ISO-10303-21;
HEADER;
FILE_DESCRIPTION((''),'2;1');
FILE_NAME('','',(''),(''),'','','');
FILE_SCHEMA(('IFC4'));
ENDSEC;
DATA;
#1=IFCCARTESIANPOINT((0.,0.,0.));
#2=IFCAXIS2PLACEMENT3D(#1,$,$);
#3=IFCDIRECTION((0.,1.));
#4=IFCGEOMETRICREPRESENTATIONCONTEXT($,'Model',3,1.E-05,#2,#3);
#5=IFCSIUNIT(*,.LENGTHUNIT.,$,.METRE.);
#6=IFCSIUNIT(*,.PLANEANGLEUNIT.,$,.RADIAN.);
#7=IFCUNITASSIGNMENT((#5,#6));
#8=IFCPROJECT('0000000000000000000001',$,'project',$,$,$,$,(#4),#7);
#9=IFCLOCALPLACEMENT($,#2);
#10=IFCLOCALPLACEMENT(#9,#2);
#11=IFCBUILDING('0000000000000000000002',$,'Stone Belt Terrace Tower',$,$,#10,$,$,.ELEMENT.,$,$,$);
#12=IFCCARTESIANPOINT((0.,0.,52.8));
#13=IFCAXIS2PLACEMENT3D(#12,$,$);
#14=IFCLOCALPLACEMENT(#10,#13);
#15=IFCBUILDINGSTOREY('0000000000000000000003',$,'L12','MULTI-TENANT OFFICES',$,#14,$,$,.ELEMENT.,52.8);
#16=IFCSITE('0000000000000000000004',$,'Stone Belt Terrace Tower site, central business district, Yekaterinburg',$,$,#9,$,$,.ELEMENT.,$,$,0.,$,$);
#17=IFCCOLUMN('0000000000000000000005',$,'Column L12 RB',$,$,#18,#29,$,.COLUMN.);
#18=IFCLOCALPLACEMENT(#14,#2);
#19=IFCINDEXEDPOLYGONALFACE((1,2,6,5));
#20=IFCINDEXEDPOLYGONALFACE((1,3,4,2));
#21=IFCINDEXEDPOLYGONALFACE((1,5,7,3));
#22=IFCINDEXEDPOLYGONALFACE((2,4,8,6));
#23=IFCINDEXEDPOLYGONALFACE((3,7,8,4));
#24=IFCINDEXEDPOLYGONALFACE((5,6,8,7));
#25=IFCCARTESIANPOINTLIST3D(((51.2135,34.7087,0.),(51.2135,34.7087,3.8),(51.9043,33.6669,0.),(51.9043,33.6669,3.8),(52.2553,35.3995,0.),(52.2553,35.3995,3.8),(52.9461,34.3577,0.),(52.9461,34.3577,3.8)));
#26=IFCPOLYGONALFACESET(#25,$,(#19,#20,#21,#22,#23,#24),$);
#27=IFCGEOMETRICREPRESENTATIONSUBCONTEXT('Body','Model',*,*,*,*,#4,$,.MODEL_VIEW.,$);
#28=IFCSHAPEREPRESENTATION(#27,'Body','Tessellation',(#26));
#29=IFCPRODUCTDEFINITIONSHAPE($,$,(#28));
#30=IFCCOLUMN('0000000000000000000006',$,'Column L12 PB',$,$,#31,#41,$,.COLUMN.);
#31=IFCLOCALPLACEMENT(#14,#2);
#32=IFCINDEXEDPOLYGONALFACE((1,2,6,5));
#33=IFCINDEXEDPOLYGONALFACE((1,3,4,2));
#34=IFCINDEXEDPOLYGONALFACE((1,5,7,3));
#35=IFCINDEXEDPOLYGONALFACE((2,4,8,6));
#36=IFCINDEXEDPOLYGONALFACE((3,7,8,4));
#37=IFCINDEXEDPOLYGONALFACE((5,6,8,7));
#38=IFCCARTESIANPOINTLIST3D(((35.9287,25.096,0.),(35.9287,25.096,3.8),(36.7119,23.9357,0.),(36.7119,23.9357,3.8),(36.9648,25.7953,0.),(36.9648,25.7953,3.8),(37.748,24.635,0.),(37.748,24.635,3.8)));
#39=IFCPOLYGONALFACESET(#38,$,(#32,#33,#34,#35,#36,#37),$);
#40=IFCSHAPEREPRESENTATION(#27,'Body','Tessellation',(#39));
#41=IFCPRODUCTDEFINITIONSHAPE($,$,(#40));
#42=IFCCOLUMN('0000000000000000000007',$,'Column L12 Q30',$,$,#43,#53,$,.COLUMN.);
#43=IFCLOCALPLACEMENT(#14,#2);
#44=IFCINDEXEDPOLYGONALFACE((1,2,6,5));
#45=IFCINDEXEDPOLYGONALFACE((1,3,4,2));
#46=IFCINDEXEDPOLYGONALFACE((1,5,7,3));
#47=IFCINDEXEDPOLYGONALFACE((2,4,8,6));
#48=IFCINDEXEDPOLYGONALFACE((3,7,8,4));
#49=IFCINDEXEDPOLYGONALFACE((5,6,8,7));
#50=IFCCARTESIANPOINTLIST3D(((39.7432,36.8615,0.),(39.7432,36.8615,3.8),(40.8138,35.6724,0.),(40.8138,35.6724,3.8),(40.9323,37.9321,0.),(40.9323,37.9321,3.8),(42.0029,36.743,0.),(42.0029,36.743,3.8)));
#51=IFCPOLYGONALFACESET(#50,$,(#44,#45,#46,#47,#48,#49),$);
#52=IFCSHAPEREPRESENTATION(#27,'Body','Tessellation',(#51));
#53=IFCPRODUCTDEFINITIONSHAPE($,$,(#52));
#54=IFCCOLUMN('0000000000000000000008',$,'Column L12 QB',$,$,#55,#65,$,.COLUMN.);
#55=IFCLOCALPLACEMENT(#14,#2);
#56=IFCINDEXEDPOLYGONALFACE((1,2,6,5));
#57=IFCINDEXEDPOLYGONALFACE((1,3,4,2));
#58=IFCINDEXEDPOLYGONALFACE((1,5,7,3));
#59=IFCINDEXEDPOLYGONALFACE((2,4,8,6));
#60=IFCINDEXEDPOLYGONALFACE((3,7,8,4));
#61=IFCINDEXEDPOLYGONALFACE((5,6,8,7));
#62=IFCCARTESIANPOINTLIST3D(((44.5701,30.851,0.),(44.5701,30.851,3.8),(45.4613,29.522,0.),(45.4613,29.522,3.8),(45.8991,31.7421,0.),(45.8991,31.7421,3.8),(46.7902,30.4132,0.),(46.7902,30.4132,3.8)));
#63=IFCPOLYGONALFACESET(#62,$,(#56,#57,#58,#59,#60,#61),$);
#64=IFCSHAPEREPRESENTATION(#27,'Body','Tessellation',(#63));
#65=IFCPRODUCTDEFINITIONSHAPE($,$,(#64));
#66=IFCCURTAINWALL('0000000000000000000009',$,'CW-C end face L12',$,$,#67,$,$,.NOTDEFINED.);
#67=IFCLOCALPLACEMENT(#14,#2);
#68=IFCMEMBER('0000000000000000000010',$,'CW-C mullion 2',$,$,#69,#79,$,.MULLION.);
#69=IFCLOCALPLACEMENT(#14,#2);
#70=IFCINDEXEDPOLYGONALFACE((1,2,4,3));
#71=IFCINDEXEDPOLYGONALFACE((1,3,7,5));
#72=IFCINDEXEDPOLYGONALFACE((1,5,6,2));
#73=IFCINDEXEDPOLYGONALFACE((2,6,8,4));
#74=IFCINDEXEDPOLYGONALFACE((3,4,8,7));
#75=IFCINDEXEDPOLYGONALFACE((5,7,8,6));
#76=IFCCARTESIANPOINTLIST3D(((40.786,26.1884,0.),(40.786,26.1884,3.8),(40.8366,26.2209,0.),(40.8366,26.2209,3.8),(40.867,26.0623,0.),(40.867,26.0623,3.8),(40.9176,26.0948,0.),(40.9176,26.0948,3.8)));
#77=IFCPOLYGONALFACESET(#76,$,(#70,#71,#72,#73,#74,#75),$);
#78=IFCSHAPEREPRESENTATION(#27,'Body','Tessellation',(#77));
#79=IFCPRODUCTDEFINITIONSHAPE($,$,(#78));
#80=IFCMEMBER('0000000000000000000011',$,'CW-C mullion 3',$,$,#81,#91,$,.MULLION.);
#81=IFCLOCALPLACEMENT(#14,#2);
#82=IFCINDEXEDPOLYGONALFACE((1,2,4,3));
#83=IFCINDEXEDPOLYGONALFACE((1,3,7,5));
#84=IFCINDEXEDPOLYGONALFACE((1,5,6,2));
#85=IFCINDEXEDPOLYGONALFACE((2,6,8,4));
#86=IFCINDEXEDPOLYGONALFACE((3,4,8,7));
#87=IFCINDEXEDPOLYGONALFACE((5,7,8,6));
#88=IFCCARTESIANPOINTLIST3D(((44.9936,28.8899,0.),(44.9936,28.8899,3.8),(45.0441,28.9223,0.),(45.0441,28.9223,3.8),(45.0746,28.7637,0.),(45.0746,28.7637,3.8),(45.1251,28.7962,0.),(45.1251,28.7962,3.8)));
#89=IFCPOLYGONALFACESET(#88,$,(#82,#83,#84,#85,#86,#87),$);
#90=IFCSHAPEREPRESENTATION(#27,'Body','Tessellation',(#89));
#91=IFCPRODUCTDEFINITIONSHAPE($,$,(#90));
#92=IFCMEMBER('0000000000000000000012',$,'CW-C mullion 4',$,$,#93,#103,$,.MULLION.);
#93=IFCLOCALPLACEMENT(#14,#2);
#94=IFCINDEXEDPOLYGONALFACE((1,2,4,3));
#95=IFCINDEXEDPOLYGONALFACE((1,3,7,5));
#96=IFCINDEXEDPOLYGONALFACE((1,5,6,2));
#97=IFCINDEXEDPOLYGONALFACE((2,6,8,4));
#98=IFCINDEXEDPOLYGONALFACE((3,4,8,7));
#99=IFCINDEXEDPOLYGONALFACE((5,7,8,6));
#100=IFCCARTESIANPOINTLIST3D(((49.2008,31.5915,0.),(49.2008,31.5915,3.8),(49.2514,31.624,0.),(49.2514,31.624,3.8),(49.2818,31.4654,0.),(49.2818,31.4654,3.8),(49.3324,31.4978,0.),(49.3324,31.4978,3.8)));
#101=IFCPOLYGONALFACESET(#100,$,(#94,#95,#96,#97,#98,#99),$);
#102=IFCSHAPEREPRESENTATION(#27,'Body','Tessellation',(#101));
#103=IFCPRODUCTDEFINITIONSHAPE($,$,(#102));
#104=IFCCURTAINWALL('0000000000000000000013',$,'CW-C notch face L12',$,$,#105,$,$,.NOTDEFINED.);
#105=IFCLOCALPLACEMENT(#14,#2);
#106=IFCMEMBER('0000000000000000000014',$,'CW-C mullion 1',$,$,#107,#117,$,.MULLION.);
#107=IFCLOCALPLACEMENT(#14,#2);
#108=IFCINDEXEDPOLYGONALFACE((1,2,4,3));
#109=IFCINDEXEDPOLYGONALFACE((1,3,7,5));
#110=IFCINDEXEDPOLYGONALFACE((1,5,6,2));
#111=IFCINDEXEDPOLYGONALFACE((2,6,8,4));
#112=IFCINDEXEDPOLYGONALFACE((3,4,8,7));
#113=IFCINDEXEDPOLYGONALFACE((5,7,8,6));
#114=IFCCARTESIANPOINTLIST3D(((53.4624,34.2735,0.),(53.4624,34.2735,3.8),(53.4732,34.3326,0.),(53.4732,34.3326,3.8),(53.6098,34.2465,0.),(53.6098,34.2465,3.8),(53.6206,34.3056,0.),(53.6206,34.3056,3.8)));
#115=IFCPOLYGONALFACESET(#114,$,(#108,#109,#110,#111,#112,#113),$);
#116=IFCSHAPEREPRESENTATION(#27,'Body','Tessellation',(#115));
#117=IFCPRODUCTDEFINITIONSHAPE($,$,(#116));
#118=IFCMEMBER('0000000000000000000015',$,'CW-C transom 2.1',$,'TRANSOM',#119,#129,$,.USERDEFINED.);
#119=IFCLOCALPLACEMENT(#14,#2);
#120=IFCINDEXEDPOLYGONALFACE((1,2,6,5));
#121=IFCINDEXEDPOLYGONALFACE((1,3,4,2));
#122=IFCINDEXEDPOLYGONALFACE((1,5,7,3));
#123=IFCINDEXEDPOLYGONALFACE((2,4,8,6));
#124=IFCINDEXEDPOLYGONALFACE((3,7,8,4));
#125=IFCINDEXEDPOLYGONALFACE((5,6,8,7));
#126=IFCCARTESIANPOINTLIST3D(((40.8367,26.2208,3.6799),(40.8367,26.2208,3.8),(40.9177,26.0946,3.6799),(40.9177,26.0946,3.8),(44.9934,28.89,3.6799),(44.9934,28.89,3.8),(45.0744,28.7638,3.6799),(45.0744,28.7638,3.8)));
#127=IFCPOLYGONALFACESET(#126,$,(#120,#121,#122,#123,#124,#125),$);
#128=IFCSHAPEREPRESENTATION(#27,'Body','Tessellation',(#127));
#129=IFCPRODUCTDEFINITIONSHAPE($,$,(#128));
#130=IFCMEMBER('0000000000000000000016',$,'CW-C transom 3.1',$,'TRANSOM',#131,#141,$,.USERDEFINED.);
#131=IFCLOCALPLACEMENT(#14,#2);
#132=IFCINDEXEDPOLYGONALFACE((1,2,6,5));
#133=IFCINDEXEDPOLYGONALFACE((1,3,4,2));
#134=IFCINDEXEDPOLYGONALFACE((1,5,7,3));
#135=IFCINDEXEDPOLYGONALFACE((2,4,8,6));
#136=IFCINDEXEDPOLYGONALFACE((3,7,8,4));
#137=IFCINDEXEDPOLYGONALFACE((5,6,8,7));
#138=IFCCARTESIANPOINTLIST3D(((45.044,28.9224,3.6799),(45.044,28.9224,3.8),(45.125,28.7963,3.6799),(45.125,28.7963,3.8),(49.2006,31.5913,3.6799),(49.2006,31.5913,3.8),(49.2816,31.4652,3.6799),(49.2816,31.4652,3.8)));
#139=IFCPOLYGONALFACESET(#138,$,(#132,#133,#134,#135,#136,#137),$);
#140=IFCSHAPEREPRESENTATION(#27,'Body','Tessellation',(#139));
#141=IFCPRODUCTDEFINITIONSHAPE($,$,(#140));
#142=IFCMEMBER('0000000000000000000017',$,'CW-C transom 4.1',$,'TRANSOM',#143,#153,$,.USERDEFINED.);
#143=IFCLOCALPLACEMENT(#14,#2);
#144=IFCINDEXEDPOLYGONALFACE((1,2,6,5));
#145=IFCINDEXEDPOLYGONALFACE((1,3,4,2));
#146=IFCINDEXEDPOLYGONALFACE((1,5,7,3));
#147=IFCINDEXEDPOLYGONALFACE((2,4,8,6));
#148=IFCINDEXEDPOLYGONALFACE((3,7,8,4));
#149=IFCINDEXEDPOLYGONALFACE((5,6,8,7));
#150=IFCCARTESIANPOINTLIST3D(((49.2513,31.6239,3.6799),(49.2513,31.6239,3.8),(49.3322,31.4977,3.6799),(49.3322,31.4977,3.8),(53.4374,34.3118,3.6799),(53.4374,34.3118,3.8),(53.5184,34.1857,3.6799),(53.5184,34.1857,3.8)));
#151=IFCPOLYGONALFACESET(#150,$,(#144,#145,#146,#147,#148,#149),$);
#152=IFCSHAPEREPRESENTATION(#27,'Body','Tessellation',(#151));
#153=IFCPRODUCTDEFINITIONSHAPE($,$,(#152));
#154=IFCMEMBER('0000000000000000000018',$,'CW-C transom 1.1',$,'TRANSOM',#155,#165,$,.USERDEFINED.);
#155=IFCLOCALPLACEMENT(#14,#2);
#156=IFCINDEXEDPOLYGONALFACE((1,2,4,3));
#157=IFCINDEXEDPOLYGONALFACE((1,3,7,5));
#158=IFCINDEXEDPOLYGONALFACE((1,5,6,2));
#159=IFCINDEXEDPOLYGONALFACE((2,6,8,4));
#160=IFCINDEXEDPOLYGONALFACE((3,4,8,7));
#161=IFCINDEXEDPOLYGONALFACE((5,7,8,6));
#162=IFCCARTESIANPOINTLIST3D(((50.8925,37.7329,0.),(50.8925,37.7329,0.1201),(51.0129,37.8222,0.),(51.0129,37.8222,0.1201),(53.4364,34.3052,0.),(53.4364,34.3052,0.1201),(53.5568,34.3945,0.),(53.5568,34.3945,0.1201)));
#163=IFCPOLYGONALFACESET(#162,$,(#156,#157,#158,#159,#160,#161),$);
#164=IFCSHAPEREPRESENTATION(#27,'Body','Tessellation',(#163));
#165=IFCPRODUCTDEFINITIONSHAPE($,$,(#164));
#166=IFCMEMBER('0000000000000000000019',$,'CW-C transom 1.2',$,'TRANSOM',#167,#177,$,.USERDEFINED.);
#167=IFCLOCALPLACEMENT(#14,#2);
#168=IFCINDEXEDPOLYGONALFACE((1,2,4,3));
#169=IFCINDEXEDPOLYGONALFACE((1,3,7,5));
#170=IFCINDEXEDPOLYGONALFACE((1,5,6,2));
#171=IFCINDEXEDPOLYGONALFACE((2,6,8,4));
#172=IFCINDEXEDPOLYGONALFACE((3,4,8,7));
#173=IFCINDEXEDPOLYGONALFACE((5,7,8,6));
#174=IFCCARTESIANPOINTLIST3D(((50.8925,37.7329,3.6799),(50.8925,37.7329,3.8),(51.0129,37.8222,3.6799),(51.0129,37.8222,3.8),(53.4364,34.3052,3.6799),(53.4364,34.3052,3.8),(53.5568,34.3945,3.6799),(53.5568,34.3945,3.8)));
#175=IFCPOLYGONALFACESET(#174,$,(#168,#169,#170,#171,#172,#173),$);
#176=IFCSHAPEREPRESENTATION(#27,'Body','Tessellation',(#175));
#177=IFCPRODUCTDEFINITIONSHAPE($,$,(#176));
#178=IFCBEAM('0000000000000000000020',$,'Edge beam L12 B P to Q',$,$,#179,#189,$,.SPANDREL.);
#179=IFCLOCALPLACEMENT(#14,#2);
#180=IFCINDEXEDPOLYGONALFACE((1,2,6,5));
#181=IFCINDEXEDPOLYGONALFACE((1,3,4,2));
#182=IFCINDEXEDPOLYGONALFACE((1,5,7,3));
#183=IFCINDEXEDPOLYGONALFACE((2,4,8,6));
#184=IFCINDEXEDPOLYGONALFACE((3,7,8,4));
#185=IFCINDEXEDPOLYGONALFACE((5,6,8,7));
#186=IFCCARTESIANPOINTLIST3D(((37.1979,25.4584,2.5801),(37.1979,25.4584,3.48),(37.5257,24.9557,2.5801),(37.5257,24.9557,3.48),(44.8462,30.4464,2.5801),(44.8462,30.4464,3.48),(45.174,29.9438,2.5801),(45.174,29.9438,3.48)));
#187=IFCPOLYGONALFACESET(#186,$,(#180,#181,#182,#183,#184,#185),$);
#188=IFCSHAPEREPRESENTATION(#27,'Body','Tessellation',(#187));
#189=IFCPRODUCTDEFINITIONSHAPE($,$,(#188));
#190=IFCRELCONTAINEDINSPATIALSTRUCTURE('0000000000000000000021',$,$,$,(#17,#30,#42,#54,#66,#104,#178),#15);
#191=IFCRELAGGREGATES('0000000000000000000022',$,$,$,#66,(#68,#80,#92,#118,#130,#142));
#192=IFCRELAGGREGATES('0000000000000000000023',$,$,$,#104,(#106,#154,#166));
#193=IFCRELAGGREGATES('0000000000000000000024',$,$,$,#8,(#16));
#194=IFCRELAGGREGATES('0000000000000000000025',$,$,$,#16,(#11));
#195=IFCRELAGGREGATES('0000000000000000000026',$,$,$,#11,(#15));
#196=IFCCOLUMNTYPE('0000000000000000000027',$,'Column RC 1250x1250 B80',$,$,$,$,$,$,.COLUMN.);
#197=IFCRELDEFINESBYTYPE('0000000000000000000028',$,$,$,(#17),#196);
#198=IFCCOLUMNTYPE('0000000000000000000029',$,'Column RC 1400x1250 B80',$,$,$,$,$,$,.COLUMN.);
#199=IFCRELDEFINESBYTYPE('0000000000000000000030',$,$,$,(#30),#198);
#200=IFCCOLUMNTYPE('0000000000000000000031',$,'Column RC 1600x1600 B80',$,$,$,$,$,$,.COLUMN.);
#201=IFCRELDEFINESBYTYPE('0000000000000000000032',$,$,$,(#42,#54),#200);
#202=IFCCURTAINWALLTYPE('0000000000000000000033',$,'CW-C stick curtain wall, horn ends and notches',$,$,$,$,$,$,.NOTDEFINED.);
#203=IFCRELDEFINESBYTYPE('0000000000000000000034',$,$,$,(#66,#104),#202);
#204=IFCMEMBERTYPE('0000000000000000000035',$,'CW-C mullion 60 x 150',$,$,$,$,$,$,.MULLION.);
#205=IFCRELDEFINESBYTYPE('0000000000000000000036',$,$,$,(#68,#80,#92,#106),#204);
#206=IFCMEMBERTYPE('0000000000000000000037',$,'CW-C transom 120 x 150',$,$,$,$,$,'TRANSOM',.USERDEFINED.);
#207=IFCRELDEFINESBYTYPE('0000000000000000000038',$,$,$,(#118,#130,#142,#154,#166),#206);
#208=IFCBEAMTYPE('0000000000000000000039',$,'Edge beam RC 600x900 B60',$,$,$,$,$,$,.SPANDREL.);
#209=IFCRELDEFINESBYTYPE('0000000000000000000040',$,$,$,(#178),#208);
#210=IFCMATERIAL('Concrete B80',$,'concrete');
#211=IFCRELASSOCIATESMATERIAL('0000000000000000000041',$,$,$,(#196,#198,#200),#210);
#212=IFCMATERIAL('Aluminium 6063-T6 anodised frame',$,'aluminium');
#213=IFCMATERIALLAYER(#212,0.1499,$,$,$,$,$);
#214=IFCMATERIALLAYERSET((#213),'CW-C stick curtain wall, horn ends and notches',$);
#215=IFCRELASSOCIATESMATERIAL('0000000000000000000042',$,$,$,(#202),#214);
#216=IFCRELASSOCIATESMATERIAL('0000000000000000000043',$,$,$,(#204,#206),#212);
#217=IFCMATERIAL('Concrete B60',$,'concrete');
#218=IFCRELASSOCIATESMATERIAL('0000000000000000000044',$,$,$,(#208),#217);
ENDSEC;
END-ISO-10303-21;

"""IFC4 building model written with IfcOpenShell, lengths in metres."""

from ifc_helpers import new_model, si_unit, direction, frame, origin, origin_2d, place, context, subcontext, project, spatial, rectangle, extrude, material, layer, layer_set, material_profile, profile_set, type_object, element, aggregate, save


model = new_model("IFC4")

# Units and contexts
model_context = context("Model", 3, precision=1e-05, world=origin(), true_north=direction((0.0, 1.0)))
body_context = subcontext(model_context, "Body", "Model", "MODEL_VIEW")
ifc_project = project(units=[si_unit("LENGTHUNIT", "METRE"), si_unit("PLANEANGLEUNIT", "RADIAN")], contexts=[model_context])

# Site, building, storey
site_placement = place(None, origin())
site = spatial("IfcSite", under=ifc_project, at=site_placement, Name="Stone Belt Terrace Tower site, central business district, Yekaterinburg", CompositionType="ELEMENT", RefElevation=0.0)
building_placement = place(site_placement, origin())
building = spatial("IfcBuilding", under=site, at=building_placement, Name="Stone Belt Terrace Tower", CompositionType="ELEMENT")
storey_placement = place(building_placement, frame((0.0, 0.0, 52.8)))
storey = spatial("IfcBuildingStorey", under=building, at=storey_placement, Name="L12", Description="MULTI-TENANT OFFICES", CompositionType="ELEMENT", Elevation=52.8)

# Columns
ifc_material_1 = material(Name="Concrete B80", Category="concrete")
ifc_material_profile_1 = material_profile(ifc_material_1, rectangle(XDim=1.25, YDim=1.25, at=origin_2d()), Name="RC 1250x1250")
ifc_profile_set_1 = profile_set([ifc_material_profile_1], Name="Concrete B80")
column_type_1 = type_object("IfcColumnType", Name="Column RC 1250x1250 B80", PredefinedType="COLUMN", material=ifc_profile_set_1)
column_1_placement = place(storey_placement, frame((52.0798, 34.5332, 0.0), z_axis=(0.0, 0.0, 1.0), x_axis=(0.552632, -0.833425, 0.0)))
element("IfcColumn", 1, at=column_1_placement, inside=storey, type_object=column_type_1, Name="Column L12 RB", PredefinedType="COLUMN", context=body_context, shape_type="SweptSolid", body=[
    extrude(rectangle(XDim=1.25, YDim=1.25, at=origin_2d()), origin(), (0.0, 0.0, 1.0), 3.8),
])
ifc_material_profile_2 = material_profile(ifc_material_1, rectangle(XDim=1.3999, YDim=1.25, at=origin_2d()), Name="RC 1400x1250")
ifc_profile_set_2 = profile_set([ifc_material_profile_2], Name="Concrete B80")
column_type_2 = type_object("IfcColumnType", Name="Column RC 1400x1250 B80", PredefinedType="COLUMN", material=ifc_profile_set_2)
column_2_placement = place(storey_placement, frame((36.8384, 24.8655, 0.0), z_axis=(0.0, 0.0, 1.0), x_axis=(0.559469, -0.828851, 0.0)))
element("IfcColumn", 2, at=column_2_placement, inside=storey, type_object=column_type_2, Name="Column L12 PB", PredefinedType="COLUMN", context=body_context, shape_type="SweptSolid", body=[
    extrude(rectangle(XDim=1.3999, YDim=1.25, at=origin_2d()), origin(), (0.0, 0.0, 1.0), 3.8),
])
ifc_material_profile_3 = material_profile(ifc_material_1, rectangle(XDim=1.6001, YDim=1.6001, at=origin_2d()), Name="RC 1600x1600")
ifc_profile_set_3 = profile_set([ifc_material_profile_3], Name="Concrete B80")
column_type_3 = type_object("IfcColumnType", Name="Column RC 1600x1600 B80", PredefinedType="COLUMN", material=ifc_profile_set_3)
for number, where, z_axis, x_axis, name in (
    (3, (40.873, 36.8022, 0.0), (0.0, 0.0, 1.0), (0.669131, -0.743145, 0.0), "Column L12 Q30"),
    (4, (45.6802, 30.6321, 0.0), (0.0, 0.0, 1.0), (0.556947, -0.830548, 0.0), "Column L12 QB"),
):
    element("IfcColumn", number, at=place(storey_placement, frame(where, z_axis=z_axis, x_axis=x_axis)), inside=storey, type_object=column_type_3, Name=name, PredefinedType="COLUMN", context=body_context, shape_type="SweptSolid", body=[
        extrude(rectangle(XDim=1.6001, YDim=1.6001, at=origin_2d()), origin(), (0.0, 0.0, 1.0), 3.8),
    ])

# Curtain wall, members
ifc_material_2 = material(Name="Aluminium 6063-T6 anodised frame", Category="aluminium")
ifc_layer_1 = layer(ifc_material_2, 0.1499)
ifc_layer_set_1 = layer_set([ifc_layer_1], Name="CW-C stick curtain wall, horn ends and notches")
curtain_wall_type = type_object("IfcCurtainWallType", Name="CW-C stick curtain wall, horn ends and notches", PredefinedType="NOTDEFINED", material=ifc_layer_set_1)
curtain_wall_1_placement = place(storey_placement, origin())
curtain_wall_1 = element("IfcCurtainWall", 5, at=curtain_wall_1_placement, inside=storey, type_object=curtain_wall_type, Name="CW-C end face L12", PredefinedType="NOTDEFINED")
ifc_material_profile_4 = material_profile(ifc_material_2, rectangle(XDim=0.1499, YDim=0.0601, at=origin_2d()), Name="Aluminium 6063-T6 60x150")
ifc_profile_set_4 = profile_set([ifc_material_profile_4], Name="Aluminium 6063-T6 anodised frame")
member_type_1 = type_object("IfcMemberType", Name="CW-C mullion 60 x 150", PredefinedType="MULLION", material=ifc_profile_set_4)
member_1_placement = place(storey_placement, frame((40.8518, 26.1416, 0.0), z_axis=(0.0, 0.0, 1.0), x_axis=(-0.540302, 0.841471, 0.0)))
member_1 = element("IfcMember", 6, at=member_1_placement, type_object=member_type_1, Name="CW-C mullion 2", PredefinedType="MULLION", context=body_context, shape_type="SweptSolid", body=[
    extrude(rectangle(XDim=0.1499, YDim=0.0601, at=origin_2d()), origin(), (0.0, 0.0, 1.0), 3.8),
])
member_2_placement = place(storey_placement, frame((45.0593, 28.843, 0.0), z_axis=(0.0, 0.0, 1.0), x_axis=(-0.540302, 0.841471, 0.0)))
member_2 = element("IfcMember", 7, at=member_2_placement, type_object=member_type_1, Name="CW-C mullion 3", PredefinedType="MULLION", context=body_context, shape_type="SweptSolid", body=[
    extrude(rectangle(XDim=0.1499, YDim=0.0601, at=origin_2d()), origin(), (0.0, 0.0, 1.0), 3.8),
])
member_3_placement = place(storey_placement, frame((49.2666, 31.5447, 0.0), z_axis=(0.0, 0.0, 1.0), x_axis=(-0.540302, 0.841471, 0.0)))
member_3 = element("IfcMember", 8, at=member_3_placement, type_object=member_type_1, Name="CW-C mullion 4", PredefinedType="MULLION", context=body_context, shape_type="SweptSolid", body=[
    extrude(rectangle(XDim=0.1499, YDim=0.0601, at=origin_2d()), origin(), (0.0, 0.0, 1.0), 3.8),
])

# Curtain wall, member
curtain_wall_2_placement = place(storey_placement, origin())
curtain_wall_2 = element("IfcCurtainWall", 9, at=curtain_wall_2_placement, inside=storey, type_object=curtain_wall_type, Name="CW-C notch face L12", PredefinedType="NOTDEFINED")
member_4_placement = place(storey_placement, frame((53.5415, 34.2896, 0.0), z_axis=(0.0, 0.0, 1.0), x_axis=(-0.983706, 0.179784, 0.0)))
member_4 = element("IfcMember", 10, at=member_4_placement, type_object=member_type_1, Name="CW-C mullion 1", PredefinedType="MULLION", context=body_context, shape_type="SweptSolid", body=[
    extrude(rectangle(XDim=0.1499, YDim=0.0601, at=origin_2d()), origin(), (0.0, 0.0, 1.0), 3.8),
])

# Members
ifc_material_profile_5 = material_profile(ifc_material_2, rectangle(XDim=0.1499, YDim=0.1201, at=origin_2d()), Name="Aluminium 6063-T6 150x120")
ifc_profile_set_5 = profile_set([ifc_material_profile_5], Name="Aluminium 6063-T6 anodised frame")
member_type_2 = type_object("IfcMemberType", Name="CW-C transom 120 x 150", ElementType="TRANSOM", PredefinedType="USERDEFINED", material=ifc_profile_set_5)
member_5_placement = place(storey_placement, frame((40.8772, 26.1577, 3.74), z_axis=(0.841455, 0.540328, 0.0), x_axis=(-0.540328, 0.841455, 0.0)))
member_5 = element("IfcMember", 11, at=member_5_placement, type_object=member_type_2, Name="CW-C transom 2.1", ObjectType="TRANSOM", PredefinedType="USERDEFINED", context=body_context, shape_type="SweptSolid", body=[
    extrude(rectangle(XDim=0.1499, YDim=0.1201, at=origin_2d()), origin(), (0.0, 0.0, 1.0), 4.9399),
])
member_6_placement = place(storey_placement, frame((45.0845, 28.8594, 3.74), z_axis=(0.841477, 0.540293, 0.0), x_axis=(-0.540293, 0.841477, 0.0)))
member_6 = element("IfcMember", 12, at=member_6_placement, type_object=member_type_2, Name="CW-C transom 3.1", ObjectType="TRANSOM", PredefinedType="USERDEFINED", context=body_context, shape_type="SweptSolid", body=[
    extrude(rectangle(XDim=0.1499, YDim=0.1201, at=origin_2d()), origin(), (0.0, 0.0, 1.0), 4.9397),
])
member_7_placement = place(storey_placement, frame((49.2917, 31.5608, 3.74), z_axis=(0.84147, 0.540304, 0.0), x_axis=(-0.540304, 0.84147, 0.0)))
member_7 = element("IfcMember", 13, at=member_7_placement, type_object=member_type_2, Name="CW-C transom 4.1", ObjectType="TRANSOM", PredefinedType="USERDEFINED", context=body_context, shape_type="SweptSolid", body=[
    extrude(rectangle(XDim=0.1499, YDim=0.1201, at=origin_2d()), origin(), (0.0, 0.0, 1.0), 4.9749),
])
member_8_placement = place(storey_placement, frame((53.4966, 34.3499, 0.0601), z_axis=(-0.595966, 0.80301, 0.0), x_axis=(-0.80301, -0.595966, 0.0)))
member_8 = element("IfcMember", 14, at=member_8_placement, type_object=member_type_2, Name="CW-C transom 1.1", ObjectType="TRANSOM", PredefinedType="USERDEFINED", context=body_context, shape_type="SweptSolid", body=[
    extrude(rectangle(XDim=0.1499, YDim=0.1201, at=origin_2d()), origin(), (0.0, 0.0, 1.0), 4.2686),
])
member_9_placement = place(storey_placement, frame((53.4966, 34.3499, 3.74), z_axis=(-0.595966, 0.80301, 0.0), x_axis=(-0.80301, -0.595966, 0.0)))
member_9 = element("IfcMember", 15, at=member_9_placement, type_object=member_type_2, Name="CW-C transom 1.2", ObjectType="TRANSOM", PredefinedType="USERDEFINED", context=body_context, shape_type="SweptSolid", body=[
    extrude(rectangle(XDim=0.1499, YDim=0.1201, at=origin_2d()), origin(), (0.0, 0.0, 1.0), 4.2686),
])

# Beam
ifc_material_3 = material(Name="Concrete B60", Category="concrete")
ifc_material_profile_6 = material_profile(ifc_material_3, rectangle(XDim=0.6001, YDim=0.8999, at=origin_2d()), Name="RC 600x900")
ifc_profile_set_6 = profile_set([ifc_material_profile_6], Name="Concrete B60")
beam_type_1 = type_object("IfcBeamType", Name="Edge beam RC 600x900 B60", PredefinedType="SPANDREL", material=ifc_profile_set_6)
beam_1_placement = place(storey_placement, frame((37.3618, 25.207, 3.03), z_axis=(0.837606, 0.546274, 0.0), x_axis=(-0.546274, 0.837606, 0.0)))
element("IfcBeam", 16, at=beam_1_placement, inside=storey, type_object=beam_type_1, Name="Edge beam L12 B P to Q", PredefinedType="SPANDREL", context=body_context, shape_type="SweptSolid", body=[
    extrude(rectangle(XDim=0.6001, YDim=0.8999, at=origin_2d()), origin(), (0.0, 0.0, 1.0), 9.1311),
])

aggregate(curtain_wall_1, [member_1, member_2, member_3, member_5, member_6, member_7])
aggregate(curtain_wall_2, [member_4, member_8, member_9])

save(model, "model.ifc")
